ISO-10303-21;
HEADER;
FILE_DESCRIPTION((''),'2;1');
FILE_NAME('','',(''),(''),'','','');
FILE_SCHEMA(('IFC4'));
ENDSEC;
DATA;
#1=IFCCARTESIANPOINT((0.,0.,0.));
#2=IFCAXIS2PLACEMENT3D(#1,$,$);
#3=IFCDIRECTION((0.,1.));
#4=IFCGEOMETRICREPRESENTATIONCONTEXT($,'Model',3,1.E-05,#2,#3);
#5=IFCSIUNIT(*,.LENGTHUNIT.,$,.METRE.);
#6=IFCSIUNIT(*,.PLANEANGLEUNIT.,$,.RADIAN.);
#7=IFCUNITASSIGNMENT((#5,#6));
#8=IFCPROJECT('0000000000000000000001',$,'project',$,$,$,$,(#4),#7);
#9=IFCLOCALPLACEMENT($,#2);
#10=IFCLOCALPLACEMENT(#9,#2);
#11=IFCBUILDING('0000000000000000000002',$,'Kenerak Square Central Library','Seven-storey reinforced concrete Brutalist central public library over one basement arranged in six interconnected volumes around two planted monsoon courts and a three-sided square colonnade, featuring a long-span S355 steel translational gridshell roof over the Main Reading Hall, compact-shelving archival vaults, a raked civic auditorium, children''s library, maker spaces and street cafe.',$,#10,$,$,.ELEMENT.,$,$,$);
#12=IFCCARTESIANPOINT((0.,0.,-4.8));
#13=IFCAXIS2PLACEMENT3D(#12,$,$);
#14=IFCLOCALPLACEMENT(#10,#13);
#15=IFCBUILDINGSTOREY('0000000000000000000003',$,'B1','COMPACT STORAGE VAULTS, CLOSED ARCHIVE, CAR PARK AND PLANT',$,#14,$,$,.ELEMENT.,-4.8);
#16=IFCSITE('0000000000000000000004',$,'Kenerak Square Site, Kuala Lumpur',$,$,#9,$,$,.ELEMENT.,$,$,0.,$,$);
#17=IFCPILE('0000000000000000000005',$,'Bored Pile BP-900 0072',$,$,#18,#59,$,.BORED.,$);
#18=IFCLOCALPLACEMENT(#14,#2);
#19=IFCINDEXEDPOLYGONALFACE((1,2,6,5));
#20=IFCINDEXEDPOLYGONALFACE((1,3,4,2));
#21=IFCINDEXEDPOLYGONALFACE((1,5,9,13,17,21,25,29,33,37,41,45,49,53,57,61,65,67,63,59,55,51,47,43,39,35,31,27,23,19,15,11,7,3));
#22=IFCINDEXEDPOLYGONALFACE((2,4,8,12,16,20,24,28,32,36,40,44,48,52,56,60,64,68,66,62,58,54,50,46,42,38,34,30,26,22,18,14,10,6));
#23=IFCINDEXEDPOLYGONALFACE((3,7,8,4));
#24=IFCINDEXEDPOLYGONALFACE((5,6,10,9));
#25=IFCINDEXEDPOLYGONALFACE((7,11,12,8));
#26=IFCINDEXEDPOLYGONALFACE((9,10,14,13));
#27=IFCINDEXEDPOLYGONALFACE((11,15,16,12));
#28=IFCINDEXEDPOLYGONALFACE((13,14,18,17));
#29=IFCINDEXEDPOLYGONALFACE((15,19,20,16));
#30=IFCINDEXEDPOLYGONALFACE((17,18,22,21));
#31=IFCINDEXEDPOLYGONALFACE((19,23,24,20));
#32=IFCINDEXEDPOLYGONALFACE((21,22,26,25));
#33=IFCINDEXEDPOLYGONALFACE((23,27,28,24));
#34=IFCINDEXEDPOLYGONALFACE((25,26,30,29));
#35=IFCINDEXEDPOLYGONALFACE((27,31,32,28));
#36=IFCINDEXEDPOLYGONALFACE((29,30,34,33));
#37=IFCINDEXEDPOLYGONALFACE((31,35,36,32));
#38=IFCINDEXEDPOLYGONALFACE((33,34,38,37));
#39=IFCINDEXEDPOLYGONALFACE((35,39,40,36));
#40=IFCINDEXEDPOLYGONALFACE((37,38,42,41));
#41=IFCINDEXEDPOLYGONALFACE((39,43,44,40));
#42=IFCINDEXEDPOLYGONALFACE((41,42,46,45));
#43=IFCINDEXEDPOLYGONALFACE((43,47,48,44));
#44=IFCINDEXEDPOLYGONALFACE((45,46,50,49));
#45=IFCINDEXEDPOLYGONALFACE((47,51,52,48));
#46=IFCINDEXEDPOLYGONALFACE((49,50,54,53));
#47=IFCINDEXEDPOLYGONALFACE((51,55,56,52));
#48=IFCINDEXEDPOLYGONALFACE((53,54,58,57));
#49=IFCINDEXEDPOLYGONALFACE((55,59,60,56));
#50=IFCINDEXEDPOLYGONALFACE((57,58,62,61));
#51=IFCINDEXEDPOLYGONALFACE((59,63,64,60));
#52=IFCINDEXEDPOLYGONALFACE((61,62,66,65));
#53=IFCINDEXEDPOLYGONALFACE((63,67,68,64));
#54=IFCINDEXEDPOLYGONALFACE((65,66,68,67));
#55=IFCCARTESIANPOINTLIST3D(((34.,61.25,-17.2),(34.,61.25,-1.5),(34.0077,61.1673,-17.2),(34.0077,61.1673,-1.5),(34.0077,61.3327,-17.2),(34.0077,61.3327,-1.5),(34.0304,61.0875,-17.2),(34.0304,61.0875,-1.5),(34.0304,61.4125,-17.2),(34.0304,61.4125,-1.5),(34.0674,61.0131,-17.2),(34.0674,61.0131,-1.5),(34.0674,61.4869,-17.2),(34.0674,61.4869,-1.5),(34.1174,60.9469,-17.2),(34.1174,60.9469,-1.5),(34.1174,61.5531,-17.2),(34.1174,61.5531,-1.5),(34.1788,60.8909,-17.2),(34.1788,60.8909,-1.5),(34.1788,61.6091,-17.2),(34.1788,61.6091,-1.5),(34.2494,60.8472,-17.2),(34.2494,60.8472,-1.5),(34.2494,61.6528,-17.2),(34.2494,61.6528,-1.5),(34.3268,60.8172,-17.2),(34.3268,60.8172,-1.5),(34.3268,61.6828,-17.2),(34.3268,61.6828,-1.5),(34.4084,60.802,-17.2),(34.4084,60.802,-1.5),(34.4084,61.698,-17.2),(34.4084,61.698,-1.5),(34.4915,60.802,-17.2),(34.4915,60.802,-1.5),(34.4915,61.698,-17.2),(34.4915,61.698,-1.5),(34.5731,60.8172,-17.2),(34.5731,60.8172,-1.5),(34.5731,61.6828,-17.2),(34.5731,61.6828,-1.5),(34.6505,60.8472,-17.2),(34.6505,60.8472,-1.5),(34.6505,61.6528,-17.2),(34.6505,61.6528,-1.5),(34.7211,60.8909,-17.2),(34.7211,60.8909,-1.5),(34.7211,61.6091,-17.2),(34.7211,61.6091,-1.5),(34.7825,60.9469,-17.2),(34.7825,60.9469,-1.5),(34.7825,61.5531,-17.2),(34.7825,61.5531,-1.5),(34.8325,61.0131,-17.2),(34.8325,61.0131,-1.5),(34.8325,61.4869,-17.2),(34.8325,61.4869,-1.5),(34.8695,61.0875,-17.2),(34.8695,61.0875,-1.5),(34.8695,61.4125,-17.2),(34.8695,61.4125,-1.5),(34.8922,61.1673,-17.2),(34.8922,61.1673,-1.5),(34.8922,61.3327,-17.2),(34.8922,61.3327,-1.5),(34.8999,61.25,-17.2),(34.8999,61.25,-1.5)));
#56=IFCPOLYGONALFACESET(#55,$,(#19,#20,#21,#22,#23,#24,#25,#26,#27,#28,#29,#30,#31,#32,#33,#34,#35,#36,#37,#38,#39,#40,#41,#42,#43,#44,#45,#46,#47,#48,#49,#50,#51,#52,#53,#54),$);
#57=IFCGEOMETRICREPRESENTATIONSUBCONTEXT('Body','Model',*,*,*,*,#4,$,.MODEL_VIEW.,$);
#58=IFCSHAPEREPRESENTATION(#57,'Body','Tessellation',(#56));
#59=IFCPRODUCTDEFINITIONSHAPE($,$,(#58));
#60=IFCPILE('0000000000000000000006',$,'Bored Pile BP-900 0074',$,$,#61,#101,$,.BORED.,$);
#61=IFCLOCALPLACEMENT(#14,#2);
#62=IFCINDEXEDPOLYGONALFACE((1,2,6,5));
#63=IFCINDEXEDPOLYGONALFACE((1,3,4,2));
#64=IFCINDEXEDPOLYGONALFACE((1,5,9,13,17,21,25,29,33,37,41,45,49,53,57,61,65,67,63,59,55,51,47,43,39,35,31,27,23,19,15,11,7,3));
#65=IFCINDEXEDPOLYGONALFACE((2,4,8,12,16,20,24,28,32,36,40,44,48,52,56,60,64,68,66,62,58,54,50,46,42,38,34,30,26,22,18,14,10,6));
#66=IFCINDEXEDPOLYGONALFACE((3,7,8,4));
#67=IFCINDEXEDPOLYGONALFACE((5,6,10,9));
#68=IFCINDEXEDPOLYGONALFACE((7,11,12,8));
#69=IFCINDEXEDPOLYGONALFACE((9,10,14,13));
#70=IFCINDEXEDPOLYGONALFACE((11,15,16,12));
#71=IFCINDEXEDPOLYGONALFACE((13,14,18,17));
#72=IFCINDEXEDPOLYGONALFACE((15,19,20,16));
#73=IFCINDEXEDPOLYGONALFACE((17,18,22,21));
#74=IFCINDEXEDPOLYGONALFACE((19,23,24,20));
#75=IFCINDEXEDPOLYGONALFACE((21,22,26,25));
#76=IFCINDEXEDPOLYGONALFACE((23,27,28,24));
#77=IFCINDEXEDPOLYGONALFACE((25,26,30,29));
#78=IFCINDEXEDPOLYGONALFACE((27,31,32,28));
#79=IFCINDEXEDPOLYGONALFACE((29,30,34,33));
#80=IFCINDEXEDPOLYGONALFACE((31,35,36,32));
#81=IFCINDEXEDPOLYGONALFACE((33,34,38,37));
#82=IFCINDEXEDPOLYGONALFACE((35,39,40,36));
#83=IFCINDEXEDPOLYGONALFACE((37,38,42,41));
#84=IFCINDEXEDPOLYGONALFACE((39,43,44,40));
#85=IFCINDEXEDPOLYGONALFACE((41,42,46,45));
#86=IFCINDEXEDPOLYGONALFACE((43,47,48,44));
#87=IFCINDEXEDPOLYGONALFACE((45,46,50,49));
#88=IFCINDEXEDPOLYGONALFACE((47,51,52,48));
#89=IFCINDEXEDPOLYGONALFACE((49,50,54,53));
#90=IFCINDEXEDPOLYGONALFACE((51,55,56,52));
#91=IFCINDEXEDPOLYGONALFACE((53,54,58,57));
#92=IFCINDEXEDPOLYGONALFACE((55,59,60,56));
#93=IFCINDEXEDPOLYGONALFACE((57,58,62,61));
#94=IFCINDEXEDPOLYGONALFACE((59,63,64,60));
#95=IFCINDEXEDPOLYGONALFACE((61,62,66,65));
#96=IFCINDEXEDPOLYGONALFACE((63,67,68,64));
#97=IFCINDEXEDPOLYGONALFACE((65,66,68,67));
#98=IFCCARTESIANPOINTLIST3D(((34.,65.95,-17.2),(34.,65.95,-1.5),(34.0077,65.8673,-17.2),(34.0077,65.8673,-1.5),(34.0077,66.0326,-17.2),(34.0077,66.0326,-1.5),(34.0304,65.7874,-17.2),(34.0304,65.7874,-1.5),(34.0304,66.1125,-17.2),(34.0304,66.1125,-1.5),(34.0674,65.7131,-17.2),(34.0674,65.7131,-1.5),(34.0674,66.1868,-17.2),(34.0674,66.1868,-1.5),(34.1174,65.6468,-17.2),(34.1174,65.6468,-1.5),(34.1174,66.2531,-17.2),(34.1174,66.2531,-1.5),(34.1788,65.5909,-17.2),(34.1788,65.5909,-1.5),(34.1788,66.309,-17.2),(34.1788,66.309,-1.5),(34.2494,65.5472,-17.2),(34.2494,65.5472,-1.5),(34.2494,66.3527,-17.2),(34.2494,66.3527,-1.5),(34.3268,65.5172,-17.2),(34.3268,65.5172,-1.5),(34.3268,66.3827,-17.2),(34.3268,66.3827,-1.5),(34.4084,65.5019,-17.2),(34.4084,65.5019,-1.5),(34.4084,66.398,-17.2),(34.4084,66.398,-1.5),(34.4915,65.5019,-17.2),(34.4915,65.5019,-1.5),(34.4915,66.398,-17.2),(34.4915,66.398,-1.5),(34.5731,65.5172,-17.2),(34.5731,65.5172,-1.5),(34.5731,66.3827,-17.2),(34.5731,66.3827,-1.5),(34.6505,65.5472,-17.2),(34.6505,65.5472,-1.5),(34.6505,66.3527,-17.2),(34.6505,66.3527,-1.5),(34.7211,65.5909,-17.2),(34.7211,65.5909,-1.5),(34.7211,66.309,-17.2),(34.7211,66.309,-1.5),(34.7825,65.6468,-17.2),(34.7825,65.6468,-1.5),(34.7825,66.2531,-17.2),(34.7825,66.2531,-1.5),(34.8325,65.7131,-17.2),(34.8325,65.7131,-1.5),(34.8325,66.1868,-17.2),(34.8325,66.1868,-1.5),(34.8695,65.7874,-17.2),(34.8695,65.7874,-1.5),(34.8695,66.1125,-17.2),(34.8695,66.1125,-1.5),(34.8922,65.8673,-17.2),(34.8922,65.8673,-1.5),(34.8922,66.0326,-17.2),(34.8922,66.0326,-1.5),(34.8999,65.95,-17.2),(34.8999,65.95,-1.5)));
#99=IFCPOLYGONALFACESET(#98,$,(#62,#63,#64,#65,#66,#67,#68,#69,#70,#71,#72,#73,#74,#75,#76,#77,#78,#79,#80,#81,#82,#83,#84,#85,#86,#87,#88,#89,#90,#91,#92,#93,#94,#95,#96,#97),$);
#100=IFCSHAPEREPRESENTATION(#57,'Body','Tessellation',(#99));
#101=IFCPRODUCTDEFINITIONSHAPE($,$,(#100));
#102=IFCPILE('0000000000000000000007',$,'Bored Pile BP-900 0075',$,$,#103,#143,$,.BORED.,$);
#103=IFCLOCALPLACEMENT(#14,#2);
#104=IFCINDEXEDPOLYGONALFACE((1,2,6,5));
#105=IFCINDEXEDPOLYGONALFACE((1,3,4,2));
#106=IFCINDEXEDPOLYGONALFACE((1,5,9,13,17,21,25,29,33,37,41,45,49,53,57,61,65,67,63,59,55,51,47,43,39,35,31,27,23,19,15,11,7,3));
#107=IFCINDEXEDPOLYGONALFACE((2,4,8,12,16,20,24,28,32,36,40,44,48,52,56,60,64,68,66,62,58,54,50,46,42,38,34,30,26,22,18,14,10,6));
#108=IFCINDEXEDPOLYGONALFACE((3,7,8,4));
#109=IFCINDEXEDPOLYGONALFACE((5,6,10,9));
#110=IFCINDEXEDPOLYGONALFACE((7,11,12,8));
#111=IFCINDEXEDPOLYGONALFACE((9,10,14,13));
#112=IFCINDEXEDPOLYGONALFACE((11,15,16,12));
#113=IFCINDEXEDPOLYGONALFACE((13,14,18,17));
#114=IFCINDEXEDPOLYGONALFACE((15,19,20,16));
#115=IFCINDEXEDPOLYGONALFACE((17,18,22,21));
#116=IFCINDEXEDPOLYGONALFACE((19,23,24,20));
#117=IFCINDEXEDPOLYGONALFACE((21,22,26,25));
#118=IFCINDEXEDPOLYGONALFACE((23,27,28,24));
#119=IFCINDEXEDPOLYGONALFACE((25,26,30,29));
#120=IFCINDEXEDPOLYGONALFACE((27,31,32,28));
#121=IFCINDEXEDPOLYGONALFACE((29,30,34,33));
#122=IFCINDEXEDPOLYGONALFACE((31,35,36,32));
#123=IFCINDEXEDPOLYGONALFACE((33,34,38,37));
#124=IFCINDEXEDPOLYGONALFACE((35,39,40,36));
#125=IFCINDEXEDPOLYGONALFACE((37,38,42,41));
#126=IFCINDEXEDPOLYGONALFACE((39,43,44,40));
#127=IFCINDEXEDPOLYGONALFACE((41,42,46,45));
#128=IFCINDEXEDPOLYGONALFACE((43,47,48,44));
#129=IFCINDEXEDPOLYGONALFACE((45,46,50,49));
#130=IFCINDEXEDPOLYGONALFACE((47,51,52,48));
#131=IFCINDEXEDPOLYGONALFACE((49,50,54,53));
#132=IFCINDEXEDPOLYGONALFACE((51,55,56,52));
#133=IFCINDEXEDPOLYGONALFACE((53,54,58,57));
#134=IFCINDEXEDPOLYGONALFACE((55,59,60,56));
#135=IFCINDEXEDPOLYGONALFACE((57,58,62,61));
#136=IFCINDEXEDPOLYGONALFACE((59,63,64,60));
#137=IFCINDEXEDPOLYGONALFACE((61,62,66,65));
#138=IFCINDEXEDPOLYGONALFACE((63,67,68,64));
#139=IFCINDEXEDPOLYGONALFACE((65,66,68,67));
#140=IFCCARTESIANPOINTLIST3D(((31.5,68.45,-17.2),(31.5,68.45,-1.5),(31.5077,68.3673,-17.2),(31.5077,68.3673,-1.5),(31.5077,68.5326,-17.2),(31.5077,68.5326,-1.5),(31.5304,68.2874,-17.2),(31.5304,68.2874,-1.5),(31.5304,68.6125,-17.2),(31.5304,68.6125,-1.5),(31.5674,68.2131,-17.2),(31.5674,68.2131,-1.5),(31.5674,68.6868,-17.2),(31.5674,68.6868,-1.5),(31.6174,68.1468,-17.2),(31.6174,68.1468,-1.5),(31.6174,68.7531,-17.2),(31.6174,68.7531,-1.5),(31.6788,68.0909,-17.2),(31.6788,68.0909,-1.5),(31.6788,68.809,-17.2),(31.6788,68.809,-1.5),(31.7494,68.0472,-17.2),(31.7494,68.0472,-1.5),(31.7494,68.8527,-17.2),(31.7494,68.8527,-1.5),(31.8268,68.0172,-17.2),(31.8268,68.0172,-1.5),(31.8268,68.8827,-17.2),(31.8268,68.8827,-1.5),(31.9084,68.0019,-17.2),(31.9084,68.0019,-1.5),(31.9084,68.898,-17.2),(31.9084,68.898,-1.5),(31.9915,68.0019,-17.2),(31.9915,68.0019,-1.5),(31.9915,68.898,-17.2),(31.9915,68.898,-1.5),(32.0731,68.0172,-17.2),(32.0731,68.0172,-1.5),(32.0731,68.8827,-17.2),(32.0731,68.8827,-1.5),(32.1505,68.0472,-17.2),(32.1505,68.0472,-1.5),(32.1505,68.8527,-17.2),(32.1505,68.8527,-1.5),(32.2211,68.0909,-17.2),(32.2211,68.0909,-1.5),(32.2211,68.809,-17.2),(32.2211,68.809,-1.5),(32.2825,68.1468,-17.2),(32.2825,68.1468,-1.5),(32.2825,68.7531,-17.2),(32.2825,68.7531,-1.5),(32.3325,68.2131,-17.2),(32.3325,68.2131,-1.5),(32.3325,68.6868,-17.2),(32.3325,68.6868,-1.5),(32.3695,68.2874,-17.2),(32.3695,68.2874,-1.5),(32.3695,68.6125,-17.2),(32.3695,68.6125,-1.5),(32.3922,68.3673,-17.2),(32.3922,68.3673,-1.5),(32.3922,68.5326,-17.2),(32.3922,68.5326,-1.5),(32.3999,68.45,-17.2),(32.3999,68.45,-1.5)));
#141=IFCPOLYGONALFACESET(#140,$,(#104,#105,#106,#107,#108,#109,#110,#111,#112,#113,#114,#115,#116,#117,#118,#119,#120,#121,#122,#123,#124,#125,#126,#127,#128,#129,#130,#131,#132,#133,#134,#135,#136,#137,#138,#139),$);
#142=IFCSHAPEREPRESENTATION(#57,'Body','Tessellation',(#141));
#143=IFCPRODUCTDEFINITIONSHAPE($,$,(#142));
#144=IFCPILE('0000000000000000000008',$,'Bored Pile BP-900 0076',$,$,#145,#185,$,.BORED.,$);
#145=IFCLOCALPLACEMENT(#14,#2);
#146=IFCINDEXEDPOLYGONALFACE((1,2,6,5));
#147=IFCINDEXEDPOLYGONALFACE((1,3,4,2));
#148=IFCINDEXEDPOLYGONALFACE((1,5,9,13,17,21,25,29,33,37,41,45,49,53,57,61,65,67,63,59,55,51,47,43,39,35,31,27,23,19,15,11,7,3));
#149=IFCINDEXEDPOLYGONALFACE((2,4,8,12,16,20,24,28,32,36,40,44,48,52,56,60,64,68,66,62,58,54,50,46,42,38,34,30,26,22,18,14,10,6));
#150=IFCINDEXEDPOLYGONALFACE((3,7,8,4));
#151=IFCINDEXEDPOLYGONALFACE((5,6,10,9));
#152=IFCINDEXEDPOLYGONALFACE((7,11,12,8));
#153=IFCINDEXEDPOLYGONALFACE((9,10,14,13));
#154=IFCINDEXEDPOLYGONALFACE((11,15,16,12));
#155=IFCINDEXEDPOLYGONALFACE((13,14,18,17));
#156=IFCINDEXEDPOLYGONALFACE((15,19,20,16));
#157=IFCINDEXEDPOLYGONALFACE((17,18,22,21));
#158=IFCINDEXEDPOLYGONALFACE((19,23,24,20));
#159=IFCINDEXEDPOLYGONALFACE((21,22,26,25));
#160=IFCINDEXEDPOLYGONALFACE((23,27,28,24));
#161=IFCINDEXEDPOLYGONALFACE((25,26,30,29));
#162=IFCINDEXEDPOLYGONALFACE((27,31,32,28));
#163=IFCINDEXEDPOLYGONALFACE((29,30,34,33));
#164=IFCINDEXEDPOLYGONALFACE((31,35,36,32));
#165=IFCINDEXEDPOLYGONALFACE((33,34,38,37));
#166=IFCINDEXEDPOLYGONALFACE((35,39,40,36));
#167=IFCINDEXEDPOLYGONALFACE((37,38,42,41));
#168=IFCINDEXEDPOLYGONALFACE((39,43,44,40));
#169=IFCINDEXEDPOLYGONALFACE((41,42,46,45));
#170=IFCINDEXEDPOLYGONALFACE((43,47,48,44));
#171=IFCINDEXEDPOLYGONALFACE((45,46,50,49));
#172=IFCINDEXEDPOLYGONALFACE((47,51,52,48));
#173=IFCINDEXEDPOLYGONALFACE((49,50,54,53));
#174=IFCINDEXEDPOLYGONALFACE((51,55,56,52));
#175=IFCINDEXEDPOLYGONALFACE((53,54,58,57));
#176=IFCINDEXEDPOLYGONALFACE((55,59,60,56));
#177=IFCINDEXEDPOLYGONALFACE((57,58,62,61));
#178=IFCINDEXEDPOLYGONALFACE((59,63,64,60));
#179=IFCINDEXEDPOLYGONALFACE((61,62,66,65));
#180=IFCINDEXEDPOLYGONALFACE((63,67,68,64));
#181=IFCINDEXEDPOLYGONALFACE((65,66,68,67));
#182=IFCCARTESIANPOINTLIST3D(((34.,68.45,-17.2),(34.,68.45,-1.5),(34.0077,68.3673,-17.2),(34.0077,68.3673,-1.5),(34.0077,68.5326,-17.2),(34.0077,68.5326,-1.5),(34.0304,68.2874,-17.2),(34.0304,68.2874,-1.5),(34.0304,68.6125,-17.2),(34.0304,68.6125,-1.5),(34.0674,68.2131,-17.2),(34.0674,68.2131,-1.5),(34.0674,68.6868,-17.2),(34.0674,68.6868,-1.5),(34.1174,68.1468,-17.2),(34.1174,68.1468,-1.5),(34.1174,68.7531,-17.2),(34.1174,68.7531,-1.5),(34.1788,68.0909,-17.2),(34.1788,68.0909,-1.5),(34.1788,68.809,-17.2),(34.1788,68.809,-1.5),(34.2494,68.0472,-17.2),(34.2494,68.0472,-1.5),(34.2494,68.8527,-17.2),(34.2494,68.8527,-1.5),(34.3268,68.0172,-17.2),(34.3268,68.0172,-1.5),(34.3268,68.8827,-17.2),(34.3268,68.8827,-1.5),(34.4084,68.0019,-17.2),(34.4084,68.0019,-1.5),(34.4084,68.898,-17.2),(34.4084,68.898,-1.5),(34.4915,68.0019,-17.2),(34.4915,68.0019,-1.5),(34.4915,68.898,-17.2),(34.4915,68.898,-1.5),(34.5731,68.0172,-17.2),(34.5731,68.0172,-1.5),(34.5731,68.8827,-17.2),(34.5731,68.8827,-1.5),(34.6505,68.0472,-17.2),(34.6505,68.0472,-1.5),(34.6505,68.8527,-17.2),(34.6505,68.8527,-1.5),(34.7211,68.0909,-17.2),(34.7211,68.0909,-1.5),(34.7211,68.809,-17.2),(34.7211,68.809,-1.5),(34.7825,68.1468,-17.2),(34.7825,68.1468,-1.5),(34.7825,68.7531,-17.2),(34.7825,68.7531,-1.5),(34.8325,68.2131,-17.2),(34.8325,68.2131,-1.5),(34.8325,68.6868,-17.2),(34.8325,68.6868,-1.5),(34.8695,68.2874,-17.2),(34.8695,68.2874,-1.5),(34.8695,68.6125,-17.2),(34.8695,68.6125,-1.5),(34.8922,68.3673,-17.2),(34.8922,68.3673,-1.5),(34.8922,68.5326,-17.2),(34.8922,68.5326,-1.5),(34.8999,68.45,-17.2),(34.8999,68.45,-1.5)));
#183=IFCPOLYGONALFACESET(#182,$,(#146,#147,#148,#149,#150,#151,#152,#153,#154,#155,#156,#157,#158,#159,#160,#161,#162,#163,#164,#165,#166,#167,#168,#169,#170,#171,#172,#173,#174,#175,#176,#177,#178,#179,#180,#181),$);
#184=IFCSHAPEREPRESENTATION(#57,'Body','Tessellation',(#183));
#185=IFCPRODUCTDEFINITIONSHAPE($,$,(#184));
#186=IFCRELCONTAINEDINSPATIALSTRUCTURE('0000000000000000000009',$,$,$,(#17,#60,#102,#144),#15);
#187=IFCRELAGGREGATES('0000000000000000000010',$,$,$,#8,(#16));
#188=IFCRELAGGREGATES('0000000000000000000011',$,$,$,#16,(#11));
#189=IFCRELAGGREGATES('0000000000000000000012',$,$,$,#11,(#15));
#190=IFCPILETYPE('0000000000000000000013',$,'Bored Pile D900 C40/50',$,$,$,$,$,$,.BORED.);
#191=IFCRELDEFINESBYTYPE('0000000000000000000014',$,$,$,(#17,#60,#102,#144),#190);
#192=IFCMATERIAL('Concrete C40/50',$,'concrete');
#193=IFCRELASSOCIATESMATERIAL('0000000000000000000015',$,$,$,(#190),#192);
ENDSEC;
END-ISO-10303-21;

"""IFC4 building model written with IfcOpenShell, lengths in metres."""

from ifc_helpers import new_model, si_unit, direction, frame, origin, origin_2d, place, context, subcontext, project, spatial, circle, extrude, material, material_profile, profile_set, type_object, element, save


model = new_model("IFC4")

# Units and contexts
model_context = context("Model", 3, precision=1e-05, world=origin(), true_north=direction((0.0, 1.0)))
body_context = subcontext(model_context, "Body", "Model", "MODEL_VIEW")
ifc_project = project(units=[si_unit("LENGTHUNIT", "METRE"), si_unit("PLANEANGLEUNIT", "RADIAN")], contexts=[model_context])

# Site, building, storey
site_placement = place(None, origin())
site = spatial("IfcSite", under=ifc_project, at=site_placement, Name="Kenerak Square Site, Kuala Lumpur", CompositionType="ELEMENT", RefElevation=0.0)
building_placement = place(site_placement, origin())
building = spatial("IfcBuilding", under=site, at=building_placement, Name="Kenerak Square Central Library", Description="Seven-storey reinforced concrete Brutalist central public library over one basement arranged in six interconnected volumes around two planted monsoon courts and a three-sided square colonnade, featuring a long-span S355 steel translational gridshell roof over the Main Reading Hall, compact-shelving archival vaults, a raked civic auditorium, children's library, maker spaces and street cafe.", CompositionType="ELEMENT")
storey_placement = place(building_placement, frame((0.0, 0.0, -4.8)))
storey = spatial("IfcBuildingStorey", under=building, at=storey_placement, Name="B1", Description="COMPACT STORAGE VAULTS, CLOSED ARCHIVE, CAR PARK AND PLANT", CompositionType="ELEMENT", Elevation=-4.8)

# Piles
ifc_material_1 = material(Name="Concrete C40/50", Category="concrete")
ifc_material_profile_1 = material_profile(ifc_material_1, circle(Radius=0.45, at=origin_2d()), Name="BP D900")
ifc_profile_set_1 = profile_set([ifc_material_profile_1], Name="Concrete C40/50")
pile_type = type_object("IfcPileType", Name="Bored Pile D900 C40/50", PredefinedType="BORED", material=ifc_profile_set_1)
for number, where, z_axis, x_axis, name in (
    (1, (34.45, 61.25, -1.5), (0.0, 0.0, -1.0), (1.0, 0.0, 0.0), "Bored Pile BP-900 0072"),
    (2, (34.45, 65.95, -1.5), (0.0, 0.0, -1.0), (1.0, 0.0, 0.0), "Bored Pile BP-900 0074"),
    (3, (31.95, 68.45, -1.5), (0.0, 0.0, -1.0), (1.0, 0.0, 0.0), "Bored Pile BP-900 0075"),
    (4, (34.45, 68.45, -1.5), (0.0, 0.0, -1.0), (1.0, 0.0, 0.0), "Bored Pile BP-900 0076"),
):
    element("IfcPile", number, at=place(storey_placement, frame(where, z_axis=z_axis, x_axis=x_axis)), inside=storey, type_object=pile_type, Name=name, PredefinedType="BORED", context=body_context, shape_type="SweptSolid", body=[
        extrude(circle(Radius=0.45, at=origin_2d()), origin(), (0.0, 0.0, 1.0), 15.7),
    ])

save(model, "model.ifc")
